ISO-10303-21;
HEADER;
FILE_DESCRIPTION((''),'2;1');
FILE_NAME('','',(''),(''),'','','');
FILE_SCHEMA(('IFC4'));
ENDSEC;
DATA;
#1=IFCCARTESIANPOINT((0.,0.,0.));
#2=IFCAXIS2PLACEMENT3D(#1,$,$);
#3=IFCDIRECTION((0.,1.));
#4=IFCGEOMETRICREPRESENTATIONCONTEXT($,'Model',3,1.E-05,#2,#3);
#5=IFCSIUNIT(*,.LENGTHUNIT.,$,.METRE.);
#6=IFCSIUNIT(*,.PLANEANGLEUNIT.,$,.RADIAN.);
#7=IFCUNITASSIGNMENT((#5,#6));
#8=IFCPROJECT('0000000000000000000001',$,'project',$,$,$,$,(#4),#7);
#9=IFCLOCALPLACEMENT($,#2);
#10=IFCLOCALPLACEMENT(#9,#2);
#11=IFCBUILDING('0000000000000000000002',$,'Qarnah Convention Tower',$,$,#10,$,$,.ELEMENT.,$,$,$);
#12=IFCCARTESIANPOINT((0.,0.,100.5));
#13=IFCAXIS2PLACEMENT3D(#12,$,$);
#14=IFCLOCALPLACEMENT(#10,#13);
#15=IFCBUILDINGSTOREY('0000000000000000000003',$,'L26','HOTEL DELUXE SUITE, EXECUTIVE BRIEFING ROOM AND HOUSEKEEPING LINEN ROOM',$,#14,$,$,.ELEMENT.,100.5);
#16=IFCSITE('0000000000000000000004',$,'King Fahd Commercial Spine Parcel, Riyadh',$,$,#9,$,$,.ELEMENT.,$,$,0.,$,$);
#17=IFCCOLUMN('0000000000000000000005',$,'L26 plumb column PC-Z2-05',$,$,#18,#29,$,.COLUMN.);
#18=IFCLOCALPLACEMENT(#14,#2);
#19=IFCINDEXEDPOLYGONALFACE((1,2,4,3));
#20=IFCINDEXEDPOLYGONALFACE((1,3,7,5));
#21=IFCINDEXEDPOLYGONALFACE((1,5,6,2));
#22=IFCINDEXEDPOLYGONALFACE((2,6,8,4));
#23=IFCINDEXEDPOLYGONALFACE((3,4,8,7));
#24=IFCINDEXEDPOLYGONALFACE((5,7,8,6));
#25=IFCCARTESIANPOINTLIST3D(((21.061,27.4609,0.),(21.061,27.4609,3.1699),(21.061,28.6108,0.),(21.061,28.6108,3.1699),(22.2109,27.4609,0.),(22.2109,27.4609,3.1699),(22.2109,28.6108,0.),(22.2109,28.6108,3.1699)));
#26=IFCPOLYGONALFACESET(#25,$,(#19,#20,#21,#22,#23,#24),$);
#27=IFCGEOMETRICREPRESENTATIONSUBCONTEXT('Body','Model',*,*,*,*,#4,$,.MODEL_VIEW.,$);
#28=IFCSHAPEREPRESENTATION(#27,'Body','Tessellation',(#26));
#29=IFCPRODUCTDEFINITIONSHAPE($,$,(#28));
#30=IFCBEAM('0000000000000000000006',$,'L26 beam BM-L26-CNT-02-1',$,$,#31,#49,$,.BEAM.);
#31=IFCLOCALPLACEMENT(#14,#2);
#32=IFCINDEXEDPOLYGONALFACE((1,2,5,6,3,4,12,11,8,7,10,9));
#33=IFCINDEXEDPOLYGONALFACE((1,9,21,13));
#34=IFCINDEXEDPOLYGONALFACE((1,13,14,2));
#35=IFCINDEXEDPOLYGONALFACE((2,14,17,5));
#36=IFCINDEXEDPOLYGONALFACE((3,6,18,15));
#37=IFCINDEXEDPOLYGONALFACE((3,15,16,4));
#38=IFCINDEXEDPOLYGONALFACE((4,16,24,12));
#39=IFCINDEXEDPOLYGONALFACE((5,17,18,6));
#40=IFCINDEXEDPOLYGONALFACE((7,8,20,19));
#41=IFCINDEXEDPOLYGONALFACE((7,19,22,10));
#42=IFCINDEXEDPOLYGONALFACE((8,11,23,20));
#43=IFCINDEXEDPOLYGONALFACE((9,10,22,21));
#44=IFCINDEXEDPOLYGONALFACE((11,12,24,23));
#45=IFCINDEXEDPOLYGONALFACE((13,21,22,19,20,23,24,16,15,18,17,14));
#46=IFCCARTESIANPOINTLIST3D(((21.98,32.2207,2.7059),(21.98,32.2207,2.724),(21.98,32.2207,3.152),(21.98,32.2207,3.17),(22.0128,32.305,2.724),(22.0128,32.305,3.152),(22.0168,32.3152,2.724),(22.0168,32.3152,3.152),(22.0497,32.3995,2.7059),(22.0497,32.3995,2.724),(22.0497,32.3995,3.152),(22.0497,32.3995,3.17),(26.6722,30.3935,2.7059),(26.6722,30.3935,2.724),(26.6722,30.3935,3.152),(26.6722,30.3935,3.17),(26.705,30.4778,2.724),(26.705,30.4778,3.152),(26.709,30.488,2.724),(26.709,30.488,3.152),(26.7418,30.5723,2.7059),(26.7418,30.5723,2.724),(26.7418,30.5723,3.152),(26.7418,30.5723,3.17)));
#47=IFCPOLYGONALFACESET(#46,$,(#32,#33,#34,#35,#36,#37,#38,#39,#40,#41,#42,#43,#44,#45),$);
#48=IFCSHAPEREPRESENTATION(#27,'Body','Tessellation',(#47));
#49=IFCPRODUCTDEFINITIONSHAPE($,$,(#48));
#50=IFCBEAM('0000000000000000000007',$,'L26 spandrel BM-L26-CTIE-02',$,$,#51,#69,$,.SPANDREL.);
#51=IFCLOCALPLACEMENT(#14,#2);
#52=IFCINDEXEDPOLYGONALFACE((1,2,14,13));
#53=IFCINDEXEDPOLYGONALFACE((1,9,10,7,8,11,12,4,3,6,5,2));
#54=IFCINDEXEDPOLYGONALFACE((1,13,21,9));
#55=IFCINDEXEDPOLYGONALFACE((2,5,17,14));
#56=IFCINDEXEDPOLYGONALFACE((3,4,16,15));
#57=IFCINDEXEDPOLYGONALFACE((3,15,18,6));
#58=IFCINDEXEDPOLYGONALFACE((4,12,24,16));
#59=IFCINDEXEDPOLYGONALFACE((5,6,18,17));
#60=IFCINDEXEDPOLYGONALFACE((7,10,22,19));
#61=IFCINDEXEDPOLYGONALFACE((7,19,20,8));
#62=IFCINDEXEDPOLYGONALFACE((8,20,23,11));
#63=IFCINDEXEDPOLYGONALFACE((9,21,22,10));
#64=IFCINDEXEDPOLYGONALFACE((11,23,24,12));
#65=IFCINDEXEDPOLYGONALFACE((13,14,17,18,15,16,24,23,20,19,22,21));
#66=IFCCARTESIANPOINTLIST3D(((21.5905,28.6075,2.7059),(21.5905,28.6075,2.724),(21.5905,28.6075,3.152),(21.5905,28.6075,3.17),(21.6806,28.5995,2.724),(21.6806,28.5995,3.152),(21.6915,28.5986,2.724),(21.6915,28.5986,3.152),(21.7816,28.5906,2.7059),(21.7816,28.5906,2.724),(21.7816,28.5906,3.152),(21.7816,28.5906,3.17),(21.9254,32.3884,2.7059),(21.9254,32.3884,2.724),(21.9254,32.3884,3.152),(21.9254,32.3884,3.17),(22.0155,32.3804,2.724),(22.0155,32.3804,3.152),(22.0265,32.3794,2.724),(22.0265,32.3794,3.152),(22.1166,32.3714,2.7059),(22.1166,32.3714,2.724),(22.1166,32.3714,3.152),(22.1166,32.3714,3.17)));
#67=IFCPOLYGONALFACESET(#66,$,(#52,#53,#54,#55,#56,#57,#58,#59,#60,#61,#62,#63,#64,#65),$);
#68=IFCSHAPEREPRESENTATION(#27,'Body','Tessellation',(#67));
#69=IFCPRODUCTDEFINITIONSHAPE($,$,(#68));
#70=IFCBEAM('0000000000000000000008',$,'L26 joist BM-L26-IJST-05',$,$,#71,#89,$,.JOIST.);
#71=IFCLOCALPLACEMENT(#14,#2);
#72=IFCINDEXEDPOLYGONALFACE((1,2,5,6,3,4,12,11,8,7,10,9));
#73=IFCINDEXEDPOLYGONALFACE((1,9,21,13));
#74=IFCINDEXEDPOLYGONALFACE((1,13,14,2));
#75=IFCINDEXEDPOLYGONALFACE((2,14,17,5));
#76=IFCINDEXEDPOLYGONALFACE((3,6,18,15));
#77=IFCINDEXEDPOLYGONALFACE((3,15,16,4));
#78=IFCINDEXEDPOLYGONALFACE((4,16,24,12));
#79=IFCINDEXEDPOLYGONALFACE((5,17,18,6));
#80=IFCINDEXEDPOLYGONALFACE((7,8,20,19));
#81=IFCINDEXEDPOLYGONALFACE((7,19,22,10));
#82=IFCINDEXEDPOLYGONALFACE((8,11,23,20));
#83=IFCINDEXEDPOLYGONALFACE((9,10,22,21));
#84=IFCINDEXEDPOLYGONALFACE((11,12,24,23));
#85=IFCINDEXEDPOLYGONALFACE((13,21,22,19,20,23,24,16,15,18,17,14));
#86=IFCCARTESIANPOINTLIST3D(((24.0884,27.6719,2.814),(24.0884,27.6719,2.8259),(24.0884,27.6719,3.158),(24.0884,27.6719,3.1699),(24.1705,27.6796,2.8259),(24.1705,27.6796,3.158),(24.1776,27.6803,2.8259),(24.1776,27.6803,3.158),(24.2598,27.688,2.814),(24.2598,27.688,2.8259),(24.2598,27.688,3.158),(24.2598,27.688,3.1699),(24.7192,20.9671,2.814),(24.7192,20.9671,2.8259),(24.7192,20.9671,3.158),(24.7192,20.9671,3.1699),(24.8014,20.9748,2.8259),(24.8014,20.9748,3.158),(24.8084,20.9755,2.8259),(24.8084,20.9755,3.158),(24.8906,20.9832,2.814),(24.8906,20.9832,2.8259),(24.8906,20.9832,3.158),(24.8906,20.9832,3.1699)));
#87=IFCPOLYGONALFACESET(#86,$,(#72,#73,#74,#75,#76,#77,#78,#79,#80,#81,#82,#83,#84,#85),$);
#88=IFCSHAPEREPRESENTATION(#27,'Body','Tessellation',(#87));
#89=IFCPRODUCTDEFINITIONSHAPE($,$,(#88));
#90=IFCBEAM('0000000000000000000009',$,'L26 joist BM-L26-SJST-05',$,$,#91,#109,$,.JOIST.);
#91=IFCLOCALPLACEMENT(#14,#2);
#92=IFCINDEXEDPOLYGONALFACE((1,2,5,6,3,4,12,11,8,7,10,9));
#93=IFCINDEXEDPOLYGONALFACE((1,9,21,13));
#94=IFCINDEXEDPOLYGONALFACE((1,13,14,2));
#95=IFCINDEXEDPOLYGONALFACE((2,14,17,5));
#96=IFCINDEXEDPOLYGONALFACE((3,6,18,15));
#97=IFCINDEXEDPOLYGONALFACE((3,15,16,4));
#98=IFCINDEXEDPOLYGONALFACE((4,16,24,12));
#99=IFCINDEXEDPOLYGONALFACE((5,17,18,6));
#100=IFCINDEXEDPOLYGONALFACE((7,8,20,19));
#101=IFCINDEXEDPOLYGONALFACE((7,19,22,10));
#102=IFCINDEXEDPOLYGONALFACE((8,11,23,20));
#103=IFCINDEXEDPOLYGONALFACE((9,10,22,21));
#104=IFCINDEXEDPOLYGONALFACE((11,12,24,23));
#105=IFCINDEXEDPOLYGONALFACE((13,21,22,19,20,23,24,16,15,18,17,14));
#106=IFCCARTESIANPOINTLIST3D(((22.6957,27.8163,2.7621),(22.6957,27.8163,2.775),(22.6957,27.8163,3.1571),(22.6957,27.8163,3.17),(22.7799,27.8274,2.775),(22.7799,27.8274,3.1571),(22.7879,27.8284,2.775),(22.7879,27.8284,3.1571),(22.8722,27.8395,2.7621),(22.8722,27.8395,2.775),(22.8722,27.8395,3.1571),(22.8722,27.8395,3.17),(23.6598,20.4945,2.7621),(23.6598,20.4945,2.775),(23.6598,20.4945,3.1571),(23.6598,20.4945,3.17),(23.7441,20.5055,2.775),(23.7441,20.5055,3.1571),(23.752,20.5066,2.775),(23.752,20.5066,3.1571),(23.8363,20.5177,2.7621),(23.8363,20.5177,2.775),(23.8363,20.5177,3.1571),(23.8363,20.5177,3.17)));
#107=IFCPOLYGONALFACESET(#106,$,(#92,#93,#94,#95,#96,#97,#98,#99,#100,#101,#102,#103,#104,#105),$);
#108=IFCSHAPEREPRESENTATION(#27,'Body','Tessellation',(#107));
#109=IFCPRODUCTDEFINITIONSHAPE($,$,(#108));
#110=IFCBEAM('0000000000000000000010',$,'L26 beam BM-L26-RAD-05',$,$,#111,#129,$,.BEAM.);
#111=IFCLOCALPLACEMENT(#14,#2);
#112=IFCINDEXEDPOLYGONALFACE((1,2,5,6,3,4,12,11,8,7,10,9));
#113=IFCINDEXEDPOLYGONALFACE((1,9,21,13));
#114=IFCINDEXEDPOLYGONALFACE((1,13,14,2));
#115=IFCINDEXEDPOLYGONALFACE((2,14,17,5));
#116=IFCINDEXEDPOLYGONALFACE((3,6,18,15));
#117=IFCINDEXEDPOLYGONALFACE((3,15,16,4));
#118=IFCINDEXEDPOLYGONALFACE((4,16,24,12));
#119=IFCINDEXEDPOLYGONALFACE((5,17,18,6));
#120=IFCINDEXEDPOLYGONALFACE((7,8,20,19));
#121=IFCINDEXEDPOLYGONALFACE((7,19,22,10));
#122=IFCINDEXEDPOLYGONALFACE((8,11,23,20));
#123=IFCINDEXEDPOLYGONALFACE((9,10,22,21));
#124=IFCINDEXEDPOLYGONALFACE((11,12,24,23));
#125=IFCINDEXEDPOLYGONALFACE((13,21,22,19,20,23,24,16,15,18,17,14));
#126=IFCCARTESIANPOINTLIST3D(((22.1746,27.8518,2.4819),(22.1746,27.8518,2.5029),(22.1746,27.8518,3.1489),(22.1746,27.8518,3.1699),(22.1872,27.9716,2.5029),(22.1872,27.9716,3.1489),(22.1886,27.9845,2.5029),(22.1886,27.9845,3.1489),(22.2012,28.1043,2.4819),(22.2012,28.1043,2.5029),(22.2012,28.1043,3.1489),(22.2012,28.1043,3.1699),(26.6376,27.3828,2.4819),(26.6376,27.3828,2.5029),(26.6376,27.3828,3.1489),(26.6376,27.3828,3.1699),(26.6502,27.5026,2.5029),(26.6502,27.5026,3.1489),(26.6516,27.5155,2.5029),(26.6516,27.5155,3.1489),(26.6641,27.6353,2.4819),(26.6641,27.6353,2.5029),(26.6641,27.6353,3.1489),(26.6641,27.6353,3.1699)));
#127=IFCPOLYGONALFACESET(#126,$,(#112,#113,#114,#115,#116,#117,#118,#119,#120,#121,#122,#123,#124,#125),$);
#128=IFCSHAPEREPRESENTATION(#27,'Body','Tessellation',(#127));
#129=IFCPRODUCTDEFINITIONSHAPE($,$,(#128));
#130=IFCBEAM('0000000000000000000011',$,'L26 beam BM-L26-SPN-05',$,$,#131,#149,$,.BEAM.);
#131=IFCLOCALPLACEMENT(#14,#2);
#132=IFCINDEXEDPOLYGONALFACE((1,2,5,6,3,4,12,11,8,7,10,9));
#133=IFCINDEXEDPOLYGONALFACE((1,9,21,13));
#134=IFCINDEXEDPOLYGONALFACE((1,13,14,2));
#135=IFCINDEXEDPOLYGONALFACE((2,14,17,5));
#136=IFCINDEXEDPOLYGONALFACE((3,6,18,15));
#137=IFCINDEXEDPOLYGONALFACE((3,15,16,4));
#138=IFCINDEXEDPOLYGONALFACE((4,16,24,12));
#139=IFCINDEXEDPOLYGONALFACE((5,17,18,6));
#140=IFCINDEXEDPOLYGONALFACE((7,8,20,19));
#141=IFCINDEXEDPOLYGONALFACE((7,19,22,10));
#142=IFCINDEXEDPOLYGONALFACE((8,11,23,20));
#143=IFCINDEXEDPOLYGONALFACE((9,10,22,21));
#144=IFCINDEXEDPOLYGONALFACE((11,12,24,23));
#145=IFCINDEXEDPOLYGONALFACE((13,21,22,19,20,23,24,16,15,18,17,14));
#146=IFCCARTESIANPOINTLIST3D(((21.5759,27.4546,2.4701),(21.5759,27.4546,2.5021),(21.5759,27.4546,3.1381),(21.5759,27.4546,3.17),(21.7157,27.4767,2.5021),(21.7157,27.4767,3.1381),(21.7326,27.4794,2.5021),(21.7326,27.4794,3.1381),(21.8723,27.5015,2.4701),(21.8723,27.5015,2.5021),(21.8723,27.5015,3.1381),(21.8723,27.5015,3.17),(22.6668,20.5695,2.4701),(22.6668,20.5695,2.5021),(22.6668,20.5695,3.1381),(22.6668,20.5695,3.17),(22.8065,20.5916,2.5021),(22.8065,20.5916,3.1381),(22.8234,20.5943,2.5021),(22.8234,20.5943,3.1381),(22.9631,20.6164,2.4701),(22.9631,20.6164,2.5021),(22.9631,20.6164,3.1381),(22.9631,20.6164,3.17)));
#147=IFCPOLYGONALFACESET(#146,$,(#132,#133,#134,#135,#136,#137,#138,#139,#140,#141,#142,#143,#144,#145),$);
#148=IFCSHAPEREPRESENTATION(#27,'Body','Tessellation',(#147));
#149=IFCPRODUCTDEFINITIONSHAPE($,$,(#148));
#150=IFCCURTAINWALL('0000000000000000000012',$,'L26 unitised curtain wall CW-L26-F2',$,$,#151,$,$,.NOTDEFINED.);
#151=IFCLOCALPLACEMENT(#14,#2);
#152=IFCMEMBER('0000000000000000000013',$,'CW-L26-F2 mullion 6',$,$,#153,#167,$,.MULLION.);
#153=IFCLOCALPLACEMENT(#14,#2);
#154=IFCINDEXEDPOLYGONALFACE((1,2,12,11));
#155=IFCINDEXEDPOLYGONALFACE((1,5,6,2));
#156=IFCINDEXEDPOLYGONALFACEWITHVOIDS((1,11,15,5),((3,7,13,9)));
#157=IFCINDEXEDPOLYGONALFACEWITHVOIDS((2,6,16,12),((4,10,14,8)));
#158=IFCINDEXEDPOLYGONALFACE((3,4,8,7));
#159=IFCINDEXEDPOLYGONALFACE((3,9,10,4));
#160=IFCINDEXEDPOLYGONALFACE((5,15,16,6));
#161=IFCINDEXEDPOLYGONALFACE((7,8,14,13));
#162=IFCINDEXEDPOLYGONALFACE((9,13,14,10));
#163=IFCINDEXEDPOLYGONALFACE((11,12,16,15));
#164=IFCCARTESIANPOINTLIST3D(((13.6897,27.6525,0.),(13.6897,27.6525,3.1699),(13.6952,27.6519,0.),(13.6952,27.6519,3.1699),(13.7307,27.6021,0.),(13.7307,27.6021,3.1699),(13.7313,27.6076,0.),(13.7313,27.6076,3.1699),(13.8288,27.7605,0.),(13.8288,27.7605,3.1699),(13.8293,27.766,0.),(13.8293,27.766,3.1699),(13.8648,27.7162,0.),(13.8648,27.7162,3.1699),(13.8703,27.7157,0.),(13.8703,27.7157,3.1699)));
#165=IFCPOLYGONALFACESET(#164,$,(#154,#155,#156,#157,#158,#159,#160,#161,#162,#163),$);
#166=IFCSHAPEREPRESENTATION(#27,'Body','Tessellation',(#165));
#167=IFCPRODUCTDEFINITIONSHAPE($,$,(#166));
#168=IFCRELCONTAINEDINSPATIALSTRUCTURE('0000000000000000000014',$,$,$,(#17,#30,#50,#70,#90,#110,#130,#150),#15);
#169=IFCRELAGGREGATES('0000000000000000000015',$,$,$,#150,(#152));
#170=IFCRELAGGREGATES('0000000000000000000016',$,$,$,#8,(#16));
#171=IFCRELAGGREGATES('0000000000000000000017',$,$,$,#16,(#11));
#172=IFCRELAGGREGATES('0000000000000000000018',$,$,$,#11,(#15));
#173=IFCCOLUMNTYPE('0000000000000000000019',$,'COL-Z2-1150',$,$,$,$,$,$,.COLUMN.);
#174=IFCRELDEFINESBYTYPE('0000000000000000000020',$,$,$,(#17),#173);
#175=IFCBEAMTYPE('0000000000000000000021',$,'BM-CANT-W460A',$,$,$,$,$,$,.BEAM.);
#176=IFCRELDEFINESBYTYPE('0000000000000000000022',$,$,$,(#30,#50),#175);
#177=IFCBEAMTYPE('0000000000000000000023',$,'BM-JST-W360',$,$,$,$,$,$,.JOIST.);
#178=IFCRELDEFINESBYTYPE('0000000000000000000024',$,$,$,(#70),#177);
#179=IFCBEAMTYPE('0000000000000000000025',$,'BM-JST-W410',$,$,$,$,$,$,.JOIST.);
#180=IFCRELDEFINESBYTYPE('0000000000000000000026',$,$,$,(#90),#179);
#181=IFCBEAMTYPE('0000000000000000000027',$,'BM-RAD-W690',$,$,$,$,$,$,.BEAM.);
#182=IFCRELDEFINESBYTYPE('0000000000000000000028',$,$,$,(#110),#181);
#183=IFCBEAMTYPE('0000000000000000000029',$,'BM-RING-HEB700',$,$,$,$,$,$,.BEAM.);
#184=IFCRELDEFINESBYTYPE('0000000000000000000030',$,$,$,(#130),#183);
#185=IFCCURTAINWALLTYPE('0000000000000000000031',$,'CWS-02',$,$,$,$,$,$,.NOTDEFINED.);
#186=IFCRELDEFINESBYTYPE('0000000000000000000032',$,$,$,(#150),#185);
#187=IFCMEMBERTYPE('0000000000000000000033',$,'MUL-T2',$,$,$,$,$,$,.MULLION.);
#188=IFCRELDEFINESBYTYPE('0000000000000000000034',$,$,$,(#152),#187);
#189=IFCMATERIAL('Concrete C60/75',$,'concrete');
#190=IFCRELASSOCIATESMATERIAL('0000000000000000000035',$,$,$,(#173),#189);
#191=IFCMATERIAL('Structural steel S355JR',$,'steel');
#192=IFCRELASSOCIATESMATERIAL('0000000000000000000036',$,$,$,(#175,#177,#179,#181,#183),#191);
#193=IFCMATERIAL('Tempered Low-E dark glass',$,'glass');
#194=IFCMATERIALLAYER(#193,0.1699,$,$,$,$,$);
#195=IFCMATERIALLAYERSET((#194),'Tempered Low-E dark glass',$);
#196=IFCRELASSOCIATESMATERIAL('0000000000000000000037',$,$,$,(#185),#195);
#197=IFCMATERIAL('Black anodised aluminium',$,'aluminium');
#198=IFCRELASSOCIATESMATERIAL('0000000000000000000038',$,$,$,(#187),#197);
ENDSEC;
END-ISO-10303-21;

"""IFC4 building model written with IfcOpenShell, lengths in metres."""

from ifc_helpers import new_model, si_unit, direction, frame, origin, origin_2d, place, context, subcontext, project, spatial, rectangle, hollow_rectangle, i_section, extrude, material, layer, layer_set, material_profile, profile_set, type_object, element, aggregate, save


model = new_model("IFC4")

# Units and contexts
model_context = context("Model", 3, precision=1e-05, world=origin(), true_north=direction((0.0, 1.0)))
body_context = subcontext(model_context, "Body", "Model", "MODEL_VIEW")
ifc_project = project(units=[si_unit("LENGTHUNIT", "METRE"), si_unit("PLANEANGLEUNIT", "RADIAN")], contexts=[model_context])

# Site, building, storey
site_placement = place(None, origin())
site = spatial("IfcSite", under=ifc_project, at=site_placement, Name="King Fahd Commercial Spine Parcel, Riyadh", CompositionType="ELEMENT", RefElevation=0.0)
building_placement = place(site_placement, origin())
building = spatial("IfcBuilding", under=site, at=building_placement, Name="Qarnah Convention Tower", CompositionType="ELEMENT")
storey_placement = place(building_placement, frame((0.0, 0.0, 100.5)))
storey = spatial("IfcBuildingStorey", under=building, at=storey_placement, Name="L26", Description="HOTEL DELUXE SUITE, EXECUTIVE BRIEFING ROOM AND HOUSEKEEPING LINEN ROOM", CompositionType="ELEMENT", Elevation=100.5)

# Column
ifc_material_1 = material(Name="Concrete C60/75", Category="concrete")
ifc_material_profile_1 = material_profile(ifc_material_1, rectangle(XDim=1.1499, YDim=1.1499, at=origin_2d()), Name="RC-COL-1150X1150")
ifc_profile_set_1 = profile_set([ifc_material_profile_1], Name="Concrete C60/75")
column_type = type_object("IfcColumnType", Name="COL-Z2-1150", PredefinedType="COLUMN", material=ifc_profile_set_1)
column_placement = place(storey_placement, frame((21.636, 28.0359, 0.0), z_axis=(0.0, 0.0, 1.0), x_axis=(1.0, 0.0, 0.0)))
element("IfcColumn", 1, at=column_placement, inside=storey, type_object=column_type, Name="L26 plumb column PC-Z2-05", PredefinedType="COLUMN", context=body_context, shape_type="SweptSolid", body=[
    extrude(rectangle(XDim=1.1499, YDim=1.1499, at=origin_2d()), origin(), (0.0, 0.0, 1.0), 3.1699),
])

# Beams
ifc_material_2 = material(Name="Structural steel S355JR", Category="steel")
ifc_material_profile_2 = material_profile(ifc_material_2, i_section(OverallWidth=0.1919, OverallDepth=0.4641, WebThickness=0.011, FlangeThickness=0.0181, at=origin_2d()), Name="W460X89")
ifc_profile_set_2 = profile_set([ifc_material_profile_2], Name="Structural steel S355JR")
beam_type_1 = type_object("IfcBeamType", Name="BM-CANT-W460A", PredefinedType="BEAM", material=ifc_profile_set_2)
beam_1_placement = place(storey_placement, frame((26.707, 30.4829, 2.938), z_axis=(-0.931842, 0.362865, 0.0), x_axis=(-0.362865, -0.931842, 0.0)))
element("IfcBeam", 2, at=beam_1_placement, inside=storey, type_object=beam_type_1, Name="L26 beam BM-L26-CNT-02-1", PredefinedType="BEAM", context=body_context, shape_type="SweptSolid", body=[
    extrude(i_section(OverallWidth=0.1919, OverallDepth=0.4641, WebThickness=0.011, FlangeThickness=0.0181, at=origin_2d()), origin(), (0.0, 0.0, 1.0), 5.0354),
])
beam_2_placement = place(storey_placement, frame((22.021, 32.3799, 2.938), z_axis=(-0.08825, -0.996098, 0.0), x_axis=(0.996098, -0.08825, 0.0)))
element("IfcBeam", 3, at=beam_2_placement, inside=storey, type_object=beam_type_1, Name="L26 spandrel BM-L26-CTIE-02", PredefinedType="SPANDREL", context=body_context, shape_type="SweptSolid", body=[
    extrude(i_section(OverallWidth=0.1919, OverallDepth=0.4641, WebThickness=0.011, FlangeThickness=0.0181, at=origin_2d()), origin(), (0.0, 0.0, 1.0), 3.7957),
])
ifc_material_profile_3 = material_profile(ifc_material_2, i_section(OverallWidth=0.1721, OverallDepth=0.356, WebThickness=0.0071, FlangeThickness=0.012, at=origin_2d()), Name="W360X51")
ifc_profile_set_3 = profile_set([ifc_material_profile_3], Name="Structural steel S355JR")
beam_type_2 = type_object("IfcBeamType", Name="BM-JST-W360", PredefinedType="JOIST", material=ifc_profile_set_3)
beam_3_placement = place(storey_placement, frame((24.1741, 27.6799, 2.9919), z_axis=(0.093676, -0.995603, 0.0), x_axis=(0.995603, 0.093676, 0.0)))
element("IfcBeam", 4, at=beam_3_placement, inside=storey, type_object=beam_type_2, Name="L26 joist BM-L26-IJST-05", PredefinedType="JOIST", context=body_context, shape_type="SweptSolid", body=[
    extrude(i_section(OverallWidth=0.1721, OverallDepth=0.356, WebThickness=0.0071, FlangeThickness=0.012, at=origin_2d()), origin(), (0.0, 0.0, 1.0), 6.7344),
])
ifc_material_profile_4 = material_profile(ifc_material_2, i_section(OverallWidth=0.178, OverallDepth=0.408, WebThickness=0.0081, FlangeThickness=0.0129, at=origin_2d()), Name="W410X60")
ifc_profile_set_4 = profile_set([ifc_material_profile_4], Name="Structural steel S355JR")
beam_type_3 = type_object("IfcBeamType", Name="BM-JST-W410", PredefinedType="JOIST", material=ifc_profile_set_4)
beam_4_placement = place(storey_placement, frame((22.7839, 27.8279, 2.9661), z_axis=(0.13055, -0.991442, 0.0), x_axis=(0.991442, 0.13055, 0.0)))
element("IfcBeam", 5, at=beam_4_placement, inside=storey, type_object=beam_type_3, Name="L26 joist BM-L26-SJST-05", PredefinedType="JOIST", context=body_context, shape_type="SweptSolid", body=[
    extrude(i_section(OverallWidth=0.178, OverallDepth=0.408, WebThickness=0.0081, FlangeThickness=0.0129, at=origin_2d()), origin(), (0.0, 0.0, 1.0), 7.385),
])
ifc_material_profile_5 = material_profile(ifc_material_2, i_section(OverallWidth=0.2539, OverallDepth=0.688, WebThickness=0.0129, FlangeThickness=0.021, at=origin_2d()), Name="W690X152")
ifc_profile_set_5 = profile_set([ifc_material_profile_5], Name="Structural steel S355JR")
beam_type_4 = type_object("IfcBeamType", Name="BM-RAD-W690", PredefinedType="BEAM", material=ifc_profile_set_5)
beam_5_placement = place(storey_placement, frame((26.6509, 27.509, 2.8259), z_axis=(-0.994524, 0.104512, 0.0), x_axis=(-0.104512, -0.994524, 0.0)))
element("IfcBeam", 6, at=beam_5_placement, inside=storey, type_object=beam_type_4, Name="L26 beam BM-L26-RAD-05", PredefinedType="BEAM", context=body_context, shape_type="SweptSolid", body=[
    extrude(i_section(OverallWidth=0.2539, OverallDepth=0.688, WebThickness=0.0129, FlangeThickness=0.021, at=origin_2d()), origin(), (0.0, 0.0, 1.0), 4.4875),
])
ifc_material_profile_6 = material_profile(ifc_material_2, i_section(OverallWidth=0.3, OverallDepth=0.7, WebThickness=0.0171, FlangeThickness=0.032, at=origin_2d()), Name="HEB700")
ifc_profile_set_6 = profile_set([ifc_material_profile_6], Name="Structural steel S355JR")
beam_type_5 = type_object("IfcBeamType", Name="BM-RING-HEB700", PredefinedType="BEAM", material=ifc_profile_set_6)
beam_6_placement = place(storey_placement, frame((21.7241, 27.478, 2.8201), z_axis=(0.156482, -0.987681, 0.0), x_axis=(0.987681, 0.156482, 0.0)))
element("IfcBeam", 7, at=beam_6_placement, inside=storey, type_object=beam_type_5, Name="L26 beam BM-L26-SPN-05", PredefinedType="BEAM", context=body_context, shape_type="SweptSolid", body=[
    extrude(i_section(OverallWidth=0.3, OverallDepth=0.7, WebThickness=0.0171, FlangeThickness=0.032, at=origin_2d()), origin(), (0.0, 0.0, 1.0), 6.9709),
])

# Curtain wall, member
ifc_material_3 = material(Name="Tempered Low-E dark glass", Category="glass")
ifc_layer_1 = layer(ifc_material_3, 0.1699)
ifc_layer_set_1 = layer_set([ifc_layer_1], Name="Tempered Low-E dark glass")
curtain_wall_type = type_object("IfcCurtainWallType", Name="CWS-02", PredefinedType="NOTDEFINED", material=ifc_layer_set_1)
curtain_wall_1_placement = place(storey_placement, origin())
curtain_wall_1 = element("IfcCurtainWall", 8, at=curtain_wall_1_placement, inside=storey, type_object=curtain_wall_type, Name="L26 unitised curtain wall CW-L26-F2", PredefinedType="NOTDEFINED")
ifc_material_4 = material(Name="Black anodised aluminium", Category="aluminium")
ifc_material_profile_7 = material_profile(ifc_material_4, hollow_rectangle(XDim=0.0649, YDim=0.1799, WallThickness=0.0039, at=origin_2d()), Name="MUL-65X180")
ifc_profile_set_7 = profile_set([ifc_material_profile_7], Name="Black anodised aluminium")
member_type_1 = type_object("IfcMemberType", Name="MUL-T2", PredefinedType="MULLION", material=ifc_profile_set_7)
member_1_placement = place(storey_placement, frame((13.78, 27.6841, 0.0), z_axis=(0.0, 0.0, 1.0), x_axis=(-0.630942, 0.77583, 0.0)))
member_1 = element("IfcMember", 9, at=member_1_placement, type_object=member_type_1, Name="CW-L26-F2 mullion 6", PredefinedType="MULLION", context=body_context, shape_type="SweptSolid", body=[
    extrude(hollow_rectangle(XDim=0.0649, YDim=0.1799, WallThickness=0.0039, at=origin_2d()), origin(), (0.0, 0.0, 1.0), 3.1699),
])

aggregate(curtain_wall_1, [member_1])

save(model, "model.ifc")
